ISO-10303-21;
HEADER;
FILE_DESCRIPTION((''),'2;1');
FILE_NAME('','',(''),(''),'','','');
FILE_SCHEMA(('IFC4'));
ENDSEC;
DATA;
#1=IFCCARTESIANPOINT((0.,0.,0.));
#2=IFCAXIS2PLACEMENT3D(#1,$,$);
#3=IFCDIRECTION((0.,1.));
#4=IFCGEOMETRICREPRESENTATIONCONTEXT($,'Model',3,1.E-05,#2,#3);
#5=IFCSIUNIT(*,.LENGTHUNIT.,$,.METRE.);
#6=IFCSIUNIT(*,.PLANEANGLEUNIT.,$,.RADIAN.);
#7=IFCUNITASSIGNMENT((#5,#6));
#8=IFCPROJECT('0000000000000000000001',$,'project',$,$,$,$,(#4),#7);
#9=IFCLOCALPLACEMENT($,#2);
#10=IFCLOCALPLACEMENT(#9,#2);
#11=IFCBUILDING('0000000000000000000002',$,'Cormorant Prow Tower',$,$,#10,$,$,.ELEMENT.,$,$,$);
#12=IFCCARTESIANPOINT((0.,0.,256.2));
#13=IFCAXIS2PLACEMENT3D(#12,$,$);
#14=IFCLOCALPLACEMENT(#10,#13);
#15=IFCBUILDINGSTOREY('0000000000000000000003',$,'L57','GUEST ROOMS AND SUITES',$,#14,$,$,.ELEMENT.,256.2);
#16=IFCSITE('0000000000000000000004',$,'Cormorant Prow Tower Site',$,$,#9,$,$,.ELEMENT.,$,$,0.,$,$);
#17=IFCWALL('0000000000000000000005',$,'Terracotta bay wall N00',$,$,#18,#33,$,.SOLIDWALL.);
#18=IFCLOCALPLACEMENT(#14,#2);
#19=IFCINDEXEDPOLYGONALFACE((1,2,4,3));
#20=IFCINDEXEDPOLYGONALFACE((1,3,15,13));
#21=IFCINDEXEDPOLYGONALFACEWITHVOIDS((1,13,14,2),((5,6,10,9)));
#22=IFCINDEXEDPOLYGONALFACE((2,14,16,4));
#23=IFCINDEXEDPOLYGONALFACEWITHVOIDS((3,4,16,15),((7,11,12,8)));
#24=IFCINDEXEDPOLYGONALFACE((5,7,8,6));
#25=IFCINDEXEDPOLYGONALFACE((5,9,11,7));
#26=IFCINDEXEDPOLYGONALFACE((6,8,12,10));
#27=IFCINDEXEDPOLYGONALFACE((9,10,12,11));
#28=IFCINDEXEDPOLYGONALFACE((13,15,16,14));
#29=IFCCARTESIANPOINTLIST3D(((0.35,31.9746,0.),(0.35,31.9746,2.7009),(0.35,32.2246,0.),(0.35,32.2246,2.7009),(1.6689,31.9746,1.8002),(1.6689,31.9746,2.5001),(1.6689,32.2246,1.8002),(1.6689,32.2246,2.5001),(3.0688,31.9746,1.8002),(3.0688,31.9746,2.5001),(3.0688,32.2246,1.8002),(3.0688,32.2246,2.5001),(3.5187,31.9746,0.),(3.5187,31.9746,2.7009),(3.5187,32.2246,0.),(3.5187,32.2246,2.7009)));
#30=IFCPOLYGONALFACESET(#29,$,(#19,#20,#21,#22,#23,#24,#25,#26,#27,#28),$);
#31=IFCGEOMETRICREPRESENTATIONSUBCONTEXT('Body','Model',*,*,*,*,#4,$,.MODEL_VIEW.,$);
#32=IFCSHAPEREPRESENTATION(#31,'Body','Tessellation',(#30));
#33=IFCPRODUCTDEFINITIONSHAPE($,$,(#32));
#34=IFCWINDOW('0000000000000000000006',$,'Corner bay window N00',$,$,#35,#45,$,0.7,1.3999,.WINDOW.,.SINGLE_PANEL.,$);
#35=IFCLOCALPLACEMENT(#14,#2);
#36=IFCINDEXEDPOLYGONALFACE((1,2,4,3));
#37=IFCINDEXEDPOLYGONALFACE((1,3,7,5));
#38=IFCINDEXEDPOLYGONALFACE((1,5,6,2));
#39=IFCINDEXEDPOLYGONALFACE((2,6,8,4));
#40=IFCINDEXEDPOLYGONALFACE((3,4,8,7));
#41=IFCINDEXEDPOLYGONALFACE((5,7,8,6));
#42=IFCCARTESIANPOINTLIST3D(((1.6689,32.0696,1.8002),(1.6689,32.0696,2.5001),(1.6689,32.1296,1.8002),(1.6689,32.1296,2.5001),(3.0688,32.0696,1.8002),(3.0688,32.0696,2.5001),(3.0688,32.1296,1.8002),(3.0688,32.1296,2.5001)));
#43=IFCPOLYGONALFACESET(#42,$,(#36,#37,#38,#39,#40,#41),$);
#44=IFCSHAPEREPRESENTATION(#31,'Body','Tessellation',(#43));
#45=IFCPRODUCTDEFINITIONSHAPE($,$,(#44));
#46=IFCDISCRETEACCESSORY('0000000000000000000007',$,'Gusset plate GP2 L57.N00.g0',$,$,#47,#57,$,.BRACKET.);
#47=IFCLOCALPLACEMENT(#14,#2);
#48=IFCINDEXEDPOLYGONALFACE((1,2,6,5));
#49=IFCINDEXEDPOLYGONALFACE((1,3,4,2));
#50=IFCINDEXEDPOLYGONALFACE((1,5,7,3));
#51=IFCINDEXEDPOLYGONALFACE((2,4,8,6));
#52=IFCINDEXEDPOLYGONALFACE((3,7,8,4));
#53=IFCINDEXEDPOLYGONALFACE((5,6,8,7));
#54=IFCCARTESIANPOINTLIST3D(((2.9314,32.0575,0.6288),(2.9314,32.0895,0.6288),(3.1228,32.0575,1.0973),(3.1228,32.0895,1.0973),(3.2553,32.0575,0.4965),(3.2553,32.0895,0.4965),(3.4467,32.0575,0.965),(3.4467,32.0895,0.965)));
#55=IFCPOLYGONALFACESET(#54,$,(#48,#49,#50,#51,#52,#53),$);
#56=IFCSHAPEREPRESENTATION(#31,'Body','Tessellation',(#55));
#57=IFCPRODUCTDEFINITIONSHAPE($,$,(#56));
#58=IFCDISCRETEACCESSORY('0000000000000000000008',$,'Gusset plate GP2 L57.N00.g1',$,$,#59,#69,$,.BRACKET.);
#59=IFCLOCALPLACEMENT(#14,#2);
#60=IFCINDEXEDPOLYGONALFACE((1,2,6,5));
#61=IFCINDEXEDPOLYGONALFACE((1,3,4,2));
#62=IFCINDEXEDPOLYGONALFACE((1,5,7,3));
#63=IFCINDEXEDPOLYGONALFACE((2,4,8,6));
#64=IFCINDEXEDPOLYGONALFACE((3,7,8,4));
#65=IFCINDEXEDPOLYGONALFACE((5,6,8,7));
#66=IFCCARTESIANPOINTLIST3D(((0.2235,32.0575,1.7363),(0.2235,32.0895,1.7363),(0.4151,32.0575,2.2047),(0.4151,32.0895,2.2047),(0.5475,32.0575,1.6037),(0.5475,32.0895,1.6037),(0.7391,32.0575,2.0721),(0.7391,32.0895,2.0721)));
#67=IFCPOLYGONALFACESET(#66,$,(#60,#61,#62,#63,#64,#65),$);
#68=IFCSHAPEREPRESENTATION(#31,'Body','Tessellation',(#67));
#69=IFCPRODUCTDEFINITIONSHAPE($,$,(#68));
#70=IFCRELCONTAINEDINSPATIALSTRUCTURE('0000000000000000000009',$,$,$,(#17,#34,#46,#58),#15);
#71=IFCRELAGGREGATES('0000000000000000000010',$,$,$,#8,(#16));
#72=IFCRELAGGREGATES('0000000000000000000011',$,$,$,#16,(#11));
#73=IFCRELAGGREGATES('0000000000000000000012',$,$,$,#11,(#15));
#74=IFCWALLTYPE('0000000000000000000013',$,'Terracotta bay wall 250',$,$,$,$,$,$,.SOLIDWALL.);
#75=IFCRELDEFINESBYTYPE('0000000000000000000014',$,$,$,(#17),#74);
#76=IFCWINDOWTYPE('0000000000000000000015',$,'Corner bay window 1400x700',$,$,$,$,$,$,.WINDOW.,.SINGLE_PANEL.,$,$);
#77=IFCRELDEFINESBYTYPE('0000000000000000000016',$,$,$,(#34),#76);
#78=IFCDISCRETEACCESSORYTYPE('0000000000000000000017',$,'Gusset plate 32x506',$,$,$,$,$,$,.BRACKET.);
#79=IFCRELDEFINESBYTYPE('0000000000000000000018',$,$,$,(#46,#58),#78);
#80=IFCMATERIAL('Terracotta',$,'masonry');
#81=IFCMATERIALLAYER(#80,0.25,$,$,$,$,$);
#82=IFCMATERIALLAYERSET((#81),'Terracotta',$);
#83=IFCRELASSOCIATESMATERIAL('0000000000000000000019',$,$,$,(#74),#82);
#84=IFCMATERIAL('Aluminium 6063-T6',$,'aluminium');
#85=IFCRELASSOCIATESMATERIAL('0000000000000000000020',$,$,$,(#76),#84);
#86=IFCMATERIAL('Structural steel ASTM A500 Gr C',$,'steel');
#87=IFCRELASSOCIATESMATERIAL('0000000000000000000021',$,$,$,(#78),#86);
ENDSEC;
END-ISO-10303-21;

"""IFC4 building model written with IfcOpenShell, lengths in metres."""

from ifc_helpers import new_model, si_unit, direction, frame, frame_2d, origin, origin_2d, place, context, subcontext, project, spatial, rectangle, extrude, material, layer, layer_set, material_profile, profile_set, type_object, element, fill, save


model = new_model("IFC4")

# Units and contexts
model_context = context("Model", 3, precision=1e-05, world=origin(), true_north=direction((0.0, 1.0)))
body_context = subcontext(model_context, "Body", "Model", "MODEL_VIEW")
ifc_project = project(units=[si_unit("LENGTHUNIT", "METRE"), si_unit("PLANEANGLEUNIT", "RADIAN")], contexts=[model_context])

# Site, building, storey
site_placement = place(None, origin())
site = spatial("IfcSite", under=ifc_project, at=site_placement, Name="Cormorant Prow Tower Site", CompositionType="ELEMENT", RefElevation=0.0)
building_placement = place(site_placement, origin())
building = spatial("IfcBuilding", under=site, at=building_placement, Name="Cormorant Prow Tower", CompositionType="ELEMENT")
storey_placement = place(building_placement, frame((0.0, 0.0, 256.2)))
storey = spatial("IfcBuildingStorey", under=building, at=storey_placement, Name="L57", Description="GUEST ROOMS AND SUITES", CompositionType="ELEMENT", Elevation=256.2)

# Wall, opening, window
ifc_material_1 = material(Name="Terracotta", Category="masonry")
ifc_layer_1 = layer(ifc_material_1, 0.25)
ifc_layer_set_1 = layer_set([ifc_layer_1], Name="Terracotta")
wall_type_1 = type_object("IfcWallType", Name="Terracotta bay wall 250", PredefinedType="SOLIDWALL", material=ifc_layer_set_1)
wall_1_placement = place(storey_placement, frame((3.5188, 32.0996, 0.0), z_axis=(0.0, 0.0, 1.0), x_axis=(-1.0, 0.0, 0.0)))
wall_1 = element("IfcWall", 1, at=wall_1_placement, inside=storey, type_object=wall_type_1, Name="Terracotta bay wall N00", PredefinedType="SOLIDWALL", context=body_context, shape_type="SweptSolid", body=[
    extrude(rectangle(XDim=3.1687, YDim=0.25, at=frame_2d((1.5845, 0.0))), origin(), (0.0, 0.0, 1.0), 2.7009),
])
opening_1_placement = place(wall_1_placement, frame((0.45, 0.0, 1.8)))
opening_1 = element("IfcOpeningElement", 2, at=opening_1_placement, cuts=wall_1, PredefinedType="OPENING", context=body_context, shape_type="SweptSolid", body=[
    extrude(rectangle(XDim=1.3999, YDim=0.7, at=frame_2d((0.7, 0.3501))), frame((0.0, 0.135, 0.0), z_axis=(0.0, -1.0, 0.0), x_axis=(1.0, 0.0, 0.0)), (0.0, 0.0, 1.0), 0.27),
])
ifc_material_2 = material(Name="Aluminium 6063-T6", Category="aluminium")
window_type = type_object("IfcWindowType", Name="Corner bay window 1400x700", PartitioningType="SINGLE_PANEL", PredefinedType="WINDOW", material=ifc_material_2)
window_placement = place(opening_1_placement, origin())
window = element("IfcWindow", 3, at=window_placement, inside=storey, type_object=window_type, Name="Corner bay window N00", OverallHeight=0.7, OverallWidth=1.3999, PartitioningType="SINGLE_PANEL", PredefinedType="WINDOW", context=body_context, shape_type="SweptSolid", body=[
    extrude(rectangle(XDim=1.3999, YDim=0.7, at=frame_2d((0.7, 0.3501))), frame((0.0, 0.03, 0.0), z_axis=(0.0, -1.0, 0.0), x_axis=(1.0, 0.0, 0.0)), (0.0, 0.0, 1.0), 0.0601),
])
fill(opening_1, window)

# Discrete accessories
ifc_material_3 = material(Name="Structural steel ASTM A500 Gr C", Category="steel")
ifc_material_profile_1 = material_profile(ifc_material_3, rectangle(XDim=0.032, YDim=0.5061, at=origin_2d()), Name="Gusset plate 32x506")
ifc_profile_set_1 = profile_set([ifc_material_profile_1], Name="Structural steel ASTM A500 Gr C")
discrete_accessory_type = type_object("IfcDiscreteAccessoryType", Name="Gusset plate 32x506", PredefinedType="BRACKET", material=ifc_profile_set_1)
discrete_accessory_1_placement = place(storey_placement, frame((3.0271, 32.0735, 0.863), z_axis=(0.925758, 0.0, -0.378117), x_axis=(0.0, 1.0, 0.0)))
element("IfcDiscreteAccessory", 4, at=discrete_accessory_1_placement, inside=storey, type_object=discrete_accessory_type, Name="Gusset plate GP2 L57.N00.g0", PredefinedType="BRACKET", context=body_context, shape_type="SweptSolid", body=[
    extrude(rectangle(XDim=0.032, YDim=0.5061, at=origin_2d()), origin(), (0.0, 0.0, 1.0), 0.3499),
])
discrete_accessory_2_placement = place(storey_placement, frame((0.6433, 32.0735, 1.8379), z_axis=(-0.925514, 0.0, 0.378714), x_axis=(0.0, -1.0, 0.0)))
element("IfcDiscreteAccessory", 5, at=discrete_accessory_2_placement, inside=storey, type_object=discrete_accessory_type, Name="Gusset plate GP2 L57.N00.g1", PredefinedType="BRACKET", context=body_context, shape_type="SweptSolid", body=[
    extrude(rectangle(XDim=0.032, YDim=0.5061, at=origin_2d()), origin(), (0.0, 0.0, 1.0), 0.3501),
])

save(model, "model.ifc")
